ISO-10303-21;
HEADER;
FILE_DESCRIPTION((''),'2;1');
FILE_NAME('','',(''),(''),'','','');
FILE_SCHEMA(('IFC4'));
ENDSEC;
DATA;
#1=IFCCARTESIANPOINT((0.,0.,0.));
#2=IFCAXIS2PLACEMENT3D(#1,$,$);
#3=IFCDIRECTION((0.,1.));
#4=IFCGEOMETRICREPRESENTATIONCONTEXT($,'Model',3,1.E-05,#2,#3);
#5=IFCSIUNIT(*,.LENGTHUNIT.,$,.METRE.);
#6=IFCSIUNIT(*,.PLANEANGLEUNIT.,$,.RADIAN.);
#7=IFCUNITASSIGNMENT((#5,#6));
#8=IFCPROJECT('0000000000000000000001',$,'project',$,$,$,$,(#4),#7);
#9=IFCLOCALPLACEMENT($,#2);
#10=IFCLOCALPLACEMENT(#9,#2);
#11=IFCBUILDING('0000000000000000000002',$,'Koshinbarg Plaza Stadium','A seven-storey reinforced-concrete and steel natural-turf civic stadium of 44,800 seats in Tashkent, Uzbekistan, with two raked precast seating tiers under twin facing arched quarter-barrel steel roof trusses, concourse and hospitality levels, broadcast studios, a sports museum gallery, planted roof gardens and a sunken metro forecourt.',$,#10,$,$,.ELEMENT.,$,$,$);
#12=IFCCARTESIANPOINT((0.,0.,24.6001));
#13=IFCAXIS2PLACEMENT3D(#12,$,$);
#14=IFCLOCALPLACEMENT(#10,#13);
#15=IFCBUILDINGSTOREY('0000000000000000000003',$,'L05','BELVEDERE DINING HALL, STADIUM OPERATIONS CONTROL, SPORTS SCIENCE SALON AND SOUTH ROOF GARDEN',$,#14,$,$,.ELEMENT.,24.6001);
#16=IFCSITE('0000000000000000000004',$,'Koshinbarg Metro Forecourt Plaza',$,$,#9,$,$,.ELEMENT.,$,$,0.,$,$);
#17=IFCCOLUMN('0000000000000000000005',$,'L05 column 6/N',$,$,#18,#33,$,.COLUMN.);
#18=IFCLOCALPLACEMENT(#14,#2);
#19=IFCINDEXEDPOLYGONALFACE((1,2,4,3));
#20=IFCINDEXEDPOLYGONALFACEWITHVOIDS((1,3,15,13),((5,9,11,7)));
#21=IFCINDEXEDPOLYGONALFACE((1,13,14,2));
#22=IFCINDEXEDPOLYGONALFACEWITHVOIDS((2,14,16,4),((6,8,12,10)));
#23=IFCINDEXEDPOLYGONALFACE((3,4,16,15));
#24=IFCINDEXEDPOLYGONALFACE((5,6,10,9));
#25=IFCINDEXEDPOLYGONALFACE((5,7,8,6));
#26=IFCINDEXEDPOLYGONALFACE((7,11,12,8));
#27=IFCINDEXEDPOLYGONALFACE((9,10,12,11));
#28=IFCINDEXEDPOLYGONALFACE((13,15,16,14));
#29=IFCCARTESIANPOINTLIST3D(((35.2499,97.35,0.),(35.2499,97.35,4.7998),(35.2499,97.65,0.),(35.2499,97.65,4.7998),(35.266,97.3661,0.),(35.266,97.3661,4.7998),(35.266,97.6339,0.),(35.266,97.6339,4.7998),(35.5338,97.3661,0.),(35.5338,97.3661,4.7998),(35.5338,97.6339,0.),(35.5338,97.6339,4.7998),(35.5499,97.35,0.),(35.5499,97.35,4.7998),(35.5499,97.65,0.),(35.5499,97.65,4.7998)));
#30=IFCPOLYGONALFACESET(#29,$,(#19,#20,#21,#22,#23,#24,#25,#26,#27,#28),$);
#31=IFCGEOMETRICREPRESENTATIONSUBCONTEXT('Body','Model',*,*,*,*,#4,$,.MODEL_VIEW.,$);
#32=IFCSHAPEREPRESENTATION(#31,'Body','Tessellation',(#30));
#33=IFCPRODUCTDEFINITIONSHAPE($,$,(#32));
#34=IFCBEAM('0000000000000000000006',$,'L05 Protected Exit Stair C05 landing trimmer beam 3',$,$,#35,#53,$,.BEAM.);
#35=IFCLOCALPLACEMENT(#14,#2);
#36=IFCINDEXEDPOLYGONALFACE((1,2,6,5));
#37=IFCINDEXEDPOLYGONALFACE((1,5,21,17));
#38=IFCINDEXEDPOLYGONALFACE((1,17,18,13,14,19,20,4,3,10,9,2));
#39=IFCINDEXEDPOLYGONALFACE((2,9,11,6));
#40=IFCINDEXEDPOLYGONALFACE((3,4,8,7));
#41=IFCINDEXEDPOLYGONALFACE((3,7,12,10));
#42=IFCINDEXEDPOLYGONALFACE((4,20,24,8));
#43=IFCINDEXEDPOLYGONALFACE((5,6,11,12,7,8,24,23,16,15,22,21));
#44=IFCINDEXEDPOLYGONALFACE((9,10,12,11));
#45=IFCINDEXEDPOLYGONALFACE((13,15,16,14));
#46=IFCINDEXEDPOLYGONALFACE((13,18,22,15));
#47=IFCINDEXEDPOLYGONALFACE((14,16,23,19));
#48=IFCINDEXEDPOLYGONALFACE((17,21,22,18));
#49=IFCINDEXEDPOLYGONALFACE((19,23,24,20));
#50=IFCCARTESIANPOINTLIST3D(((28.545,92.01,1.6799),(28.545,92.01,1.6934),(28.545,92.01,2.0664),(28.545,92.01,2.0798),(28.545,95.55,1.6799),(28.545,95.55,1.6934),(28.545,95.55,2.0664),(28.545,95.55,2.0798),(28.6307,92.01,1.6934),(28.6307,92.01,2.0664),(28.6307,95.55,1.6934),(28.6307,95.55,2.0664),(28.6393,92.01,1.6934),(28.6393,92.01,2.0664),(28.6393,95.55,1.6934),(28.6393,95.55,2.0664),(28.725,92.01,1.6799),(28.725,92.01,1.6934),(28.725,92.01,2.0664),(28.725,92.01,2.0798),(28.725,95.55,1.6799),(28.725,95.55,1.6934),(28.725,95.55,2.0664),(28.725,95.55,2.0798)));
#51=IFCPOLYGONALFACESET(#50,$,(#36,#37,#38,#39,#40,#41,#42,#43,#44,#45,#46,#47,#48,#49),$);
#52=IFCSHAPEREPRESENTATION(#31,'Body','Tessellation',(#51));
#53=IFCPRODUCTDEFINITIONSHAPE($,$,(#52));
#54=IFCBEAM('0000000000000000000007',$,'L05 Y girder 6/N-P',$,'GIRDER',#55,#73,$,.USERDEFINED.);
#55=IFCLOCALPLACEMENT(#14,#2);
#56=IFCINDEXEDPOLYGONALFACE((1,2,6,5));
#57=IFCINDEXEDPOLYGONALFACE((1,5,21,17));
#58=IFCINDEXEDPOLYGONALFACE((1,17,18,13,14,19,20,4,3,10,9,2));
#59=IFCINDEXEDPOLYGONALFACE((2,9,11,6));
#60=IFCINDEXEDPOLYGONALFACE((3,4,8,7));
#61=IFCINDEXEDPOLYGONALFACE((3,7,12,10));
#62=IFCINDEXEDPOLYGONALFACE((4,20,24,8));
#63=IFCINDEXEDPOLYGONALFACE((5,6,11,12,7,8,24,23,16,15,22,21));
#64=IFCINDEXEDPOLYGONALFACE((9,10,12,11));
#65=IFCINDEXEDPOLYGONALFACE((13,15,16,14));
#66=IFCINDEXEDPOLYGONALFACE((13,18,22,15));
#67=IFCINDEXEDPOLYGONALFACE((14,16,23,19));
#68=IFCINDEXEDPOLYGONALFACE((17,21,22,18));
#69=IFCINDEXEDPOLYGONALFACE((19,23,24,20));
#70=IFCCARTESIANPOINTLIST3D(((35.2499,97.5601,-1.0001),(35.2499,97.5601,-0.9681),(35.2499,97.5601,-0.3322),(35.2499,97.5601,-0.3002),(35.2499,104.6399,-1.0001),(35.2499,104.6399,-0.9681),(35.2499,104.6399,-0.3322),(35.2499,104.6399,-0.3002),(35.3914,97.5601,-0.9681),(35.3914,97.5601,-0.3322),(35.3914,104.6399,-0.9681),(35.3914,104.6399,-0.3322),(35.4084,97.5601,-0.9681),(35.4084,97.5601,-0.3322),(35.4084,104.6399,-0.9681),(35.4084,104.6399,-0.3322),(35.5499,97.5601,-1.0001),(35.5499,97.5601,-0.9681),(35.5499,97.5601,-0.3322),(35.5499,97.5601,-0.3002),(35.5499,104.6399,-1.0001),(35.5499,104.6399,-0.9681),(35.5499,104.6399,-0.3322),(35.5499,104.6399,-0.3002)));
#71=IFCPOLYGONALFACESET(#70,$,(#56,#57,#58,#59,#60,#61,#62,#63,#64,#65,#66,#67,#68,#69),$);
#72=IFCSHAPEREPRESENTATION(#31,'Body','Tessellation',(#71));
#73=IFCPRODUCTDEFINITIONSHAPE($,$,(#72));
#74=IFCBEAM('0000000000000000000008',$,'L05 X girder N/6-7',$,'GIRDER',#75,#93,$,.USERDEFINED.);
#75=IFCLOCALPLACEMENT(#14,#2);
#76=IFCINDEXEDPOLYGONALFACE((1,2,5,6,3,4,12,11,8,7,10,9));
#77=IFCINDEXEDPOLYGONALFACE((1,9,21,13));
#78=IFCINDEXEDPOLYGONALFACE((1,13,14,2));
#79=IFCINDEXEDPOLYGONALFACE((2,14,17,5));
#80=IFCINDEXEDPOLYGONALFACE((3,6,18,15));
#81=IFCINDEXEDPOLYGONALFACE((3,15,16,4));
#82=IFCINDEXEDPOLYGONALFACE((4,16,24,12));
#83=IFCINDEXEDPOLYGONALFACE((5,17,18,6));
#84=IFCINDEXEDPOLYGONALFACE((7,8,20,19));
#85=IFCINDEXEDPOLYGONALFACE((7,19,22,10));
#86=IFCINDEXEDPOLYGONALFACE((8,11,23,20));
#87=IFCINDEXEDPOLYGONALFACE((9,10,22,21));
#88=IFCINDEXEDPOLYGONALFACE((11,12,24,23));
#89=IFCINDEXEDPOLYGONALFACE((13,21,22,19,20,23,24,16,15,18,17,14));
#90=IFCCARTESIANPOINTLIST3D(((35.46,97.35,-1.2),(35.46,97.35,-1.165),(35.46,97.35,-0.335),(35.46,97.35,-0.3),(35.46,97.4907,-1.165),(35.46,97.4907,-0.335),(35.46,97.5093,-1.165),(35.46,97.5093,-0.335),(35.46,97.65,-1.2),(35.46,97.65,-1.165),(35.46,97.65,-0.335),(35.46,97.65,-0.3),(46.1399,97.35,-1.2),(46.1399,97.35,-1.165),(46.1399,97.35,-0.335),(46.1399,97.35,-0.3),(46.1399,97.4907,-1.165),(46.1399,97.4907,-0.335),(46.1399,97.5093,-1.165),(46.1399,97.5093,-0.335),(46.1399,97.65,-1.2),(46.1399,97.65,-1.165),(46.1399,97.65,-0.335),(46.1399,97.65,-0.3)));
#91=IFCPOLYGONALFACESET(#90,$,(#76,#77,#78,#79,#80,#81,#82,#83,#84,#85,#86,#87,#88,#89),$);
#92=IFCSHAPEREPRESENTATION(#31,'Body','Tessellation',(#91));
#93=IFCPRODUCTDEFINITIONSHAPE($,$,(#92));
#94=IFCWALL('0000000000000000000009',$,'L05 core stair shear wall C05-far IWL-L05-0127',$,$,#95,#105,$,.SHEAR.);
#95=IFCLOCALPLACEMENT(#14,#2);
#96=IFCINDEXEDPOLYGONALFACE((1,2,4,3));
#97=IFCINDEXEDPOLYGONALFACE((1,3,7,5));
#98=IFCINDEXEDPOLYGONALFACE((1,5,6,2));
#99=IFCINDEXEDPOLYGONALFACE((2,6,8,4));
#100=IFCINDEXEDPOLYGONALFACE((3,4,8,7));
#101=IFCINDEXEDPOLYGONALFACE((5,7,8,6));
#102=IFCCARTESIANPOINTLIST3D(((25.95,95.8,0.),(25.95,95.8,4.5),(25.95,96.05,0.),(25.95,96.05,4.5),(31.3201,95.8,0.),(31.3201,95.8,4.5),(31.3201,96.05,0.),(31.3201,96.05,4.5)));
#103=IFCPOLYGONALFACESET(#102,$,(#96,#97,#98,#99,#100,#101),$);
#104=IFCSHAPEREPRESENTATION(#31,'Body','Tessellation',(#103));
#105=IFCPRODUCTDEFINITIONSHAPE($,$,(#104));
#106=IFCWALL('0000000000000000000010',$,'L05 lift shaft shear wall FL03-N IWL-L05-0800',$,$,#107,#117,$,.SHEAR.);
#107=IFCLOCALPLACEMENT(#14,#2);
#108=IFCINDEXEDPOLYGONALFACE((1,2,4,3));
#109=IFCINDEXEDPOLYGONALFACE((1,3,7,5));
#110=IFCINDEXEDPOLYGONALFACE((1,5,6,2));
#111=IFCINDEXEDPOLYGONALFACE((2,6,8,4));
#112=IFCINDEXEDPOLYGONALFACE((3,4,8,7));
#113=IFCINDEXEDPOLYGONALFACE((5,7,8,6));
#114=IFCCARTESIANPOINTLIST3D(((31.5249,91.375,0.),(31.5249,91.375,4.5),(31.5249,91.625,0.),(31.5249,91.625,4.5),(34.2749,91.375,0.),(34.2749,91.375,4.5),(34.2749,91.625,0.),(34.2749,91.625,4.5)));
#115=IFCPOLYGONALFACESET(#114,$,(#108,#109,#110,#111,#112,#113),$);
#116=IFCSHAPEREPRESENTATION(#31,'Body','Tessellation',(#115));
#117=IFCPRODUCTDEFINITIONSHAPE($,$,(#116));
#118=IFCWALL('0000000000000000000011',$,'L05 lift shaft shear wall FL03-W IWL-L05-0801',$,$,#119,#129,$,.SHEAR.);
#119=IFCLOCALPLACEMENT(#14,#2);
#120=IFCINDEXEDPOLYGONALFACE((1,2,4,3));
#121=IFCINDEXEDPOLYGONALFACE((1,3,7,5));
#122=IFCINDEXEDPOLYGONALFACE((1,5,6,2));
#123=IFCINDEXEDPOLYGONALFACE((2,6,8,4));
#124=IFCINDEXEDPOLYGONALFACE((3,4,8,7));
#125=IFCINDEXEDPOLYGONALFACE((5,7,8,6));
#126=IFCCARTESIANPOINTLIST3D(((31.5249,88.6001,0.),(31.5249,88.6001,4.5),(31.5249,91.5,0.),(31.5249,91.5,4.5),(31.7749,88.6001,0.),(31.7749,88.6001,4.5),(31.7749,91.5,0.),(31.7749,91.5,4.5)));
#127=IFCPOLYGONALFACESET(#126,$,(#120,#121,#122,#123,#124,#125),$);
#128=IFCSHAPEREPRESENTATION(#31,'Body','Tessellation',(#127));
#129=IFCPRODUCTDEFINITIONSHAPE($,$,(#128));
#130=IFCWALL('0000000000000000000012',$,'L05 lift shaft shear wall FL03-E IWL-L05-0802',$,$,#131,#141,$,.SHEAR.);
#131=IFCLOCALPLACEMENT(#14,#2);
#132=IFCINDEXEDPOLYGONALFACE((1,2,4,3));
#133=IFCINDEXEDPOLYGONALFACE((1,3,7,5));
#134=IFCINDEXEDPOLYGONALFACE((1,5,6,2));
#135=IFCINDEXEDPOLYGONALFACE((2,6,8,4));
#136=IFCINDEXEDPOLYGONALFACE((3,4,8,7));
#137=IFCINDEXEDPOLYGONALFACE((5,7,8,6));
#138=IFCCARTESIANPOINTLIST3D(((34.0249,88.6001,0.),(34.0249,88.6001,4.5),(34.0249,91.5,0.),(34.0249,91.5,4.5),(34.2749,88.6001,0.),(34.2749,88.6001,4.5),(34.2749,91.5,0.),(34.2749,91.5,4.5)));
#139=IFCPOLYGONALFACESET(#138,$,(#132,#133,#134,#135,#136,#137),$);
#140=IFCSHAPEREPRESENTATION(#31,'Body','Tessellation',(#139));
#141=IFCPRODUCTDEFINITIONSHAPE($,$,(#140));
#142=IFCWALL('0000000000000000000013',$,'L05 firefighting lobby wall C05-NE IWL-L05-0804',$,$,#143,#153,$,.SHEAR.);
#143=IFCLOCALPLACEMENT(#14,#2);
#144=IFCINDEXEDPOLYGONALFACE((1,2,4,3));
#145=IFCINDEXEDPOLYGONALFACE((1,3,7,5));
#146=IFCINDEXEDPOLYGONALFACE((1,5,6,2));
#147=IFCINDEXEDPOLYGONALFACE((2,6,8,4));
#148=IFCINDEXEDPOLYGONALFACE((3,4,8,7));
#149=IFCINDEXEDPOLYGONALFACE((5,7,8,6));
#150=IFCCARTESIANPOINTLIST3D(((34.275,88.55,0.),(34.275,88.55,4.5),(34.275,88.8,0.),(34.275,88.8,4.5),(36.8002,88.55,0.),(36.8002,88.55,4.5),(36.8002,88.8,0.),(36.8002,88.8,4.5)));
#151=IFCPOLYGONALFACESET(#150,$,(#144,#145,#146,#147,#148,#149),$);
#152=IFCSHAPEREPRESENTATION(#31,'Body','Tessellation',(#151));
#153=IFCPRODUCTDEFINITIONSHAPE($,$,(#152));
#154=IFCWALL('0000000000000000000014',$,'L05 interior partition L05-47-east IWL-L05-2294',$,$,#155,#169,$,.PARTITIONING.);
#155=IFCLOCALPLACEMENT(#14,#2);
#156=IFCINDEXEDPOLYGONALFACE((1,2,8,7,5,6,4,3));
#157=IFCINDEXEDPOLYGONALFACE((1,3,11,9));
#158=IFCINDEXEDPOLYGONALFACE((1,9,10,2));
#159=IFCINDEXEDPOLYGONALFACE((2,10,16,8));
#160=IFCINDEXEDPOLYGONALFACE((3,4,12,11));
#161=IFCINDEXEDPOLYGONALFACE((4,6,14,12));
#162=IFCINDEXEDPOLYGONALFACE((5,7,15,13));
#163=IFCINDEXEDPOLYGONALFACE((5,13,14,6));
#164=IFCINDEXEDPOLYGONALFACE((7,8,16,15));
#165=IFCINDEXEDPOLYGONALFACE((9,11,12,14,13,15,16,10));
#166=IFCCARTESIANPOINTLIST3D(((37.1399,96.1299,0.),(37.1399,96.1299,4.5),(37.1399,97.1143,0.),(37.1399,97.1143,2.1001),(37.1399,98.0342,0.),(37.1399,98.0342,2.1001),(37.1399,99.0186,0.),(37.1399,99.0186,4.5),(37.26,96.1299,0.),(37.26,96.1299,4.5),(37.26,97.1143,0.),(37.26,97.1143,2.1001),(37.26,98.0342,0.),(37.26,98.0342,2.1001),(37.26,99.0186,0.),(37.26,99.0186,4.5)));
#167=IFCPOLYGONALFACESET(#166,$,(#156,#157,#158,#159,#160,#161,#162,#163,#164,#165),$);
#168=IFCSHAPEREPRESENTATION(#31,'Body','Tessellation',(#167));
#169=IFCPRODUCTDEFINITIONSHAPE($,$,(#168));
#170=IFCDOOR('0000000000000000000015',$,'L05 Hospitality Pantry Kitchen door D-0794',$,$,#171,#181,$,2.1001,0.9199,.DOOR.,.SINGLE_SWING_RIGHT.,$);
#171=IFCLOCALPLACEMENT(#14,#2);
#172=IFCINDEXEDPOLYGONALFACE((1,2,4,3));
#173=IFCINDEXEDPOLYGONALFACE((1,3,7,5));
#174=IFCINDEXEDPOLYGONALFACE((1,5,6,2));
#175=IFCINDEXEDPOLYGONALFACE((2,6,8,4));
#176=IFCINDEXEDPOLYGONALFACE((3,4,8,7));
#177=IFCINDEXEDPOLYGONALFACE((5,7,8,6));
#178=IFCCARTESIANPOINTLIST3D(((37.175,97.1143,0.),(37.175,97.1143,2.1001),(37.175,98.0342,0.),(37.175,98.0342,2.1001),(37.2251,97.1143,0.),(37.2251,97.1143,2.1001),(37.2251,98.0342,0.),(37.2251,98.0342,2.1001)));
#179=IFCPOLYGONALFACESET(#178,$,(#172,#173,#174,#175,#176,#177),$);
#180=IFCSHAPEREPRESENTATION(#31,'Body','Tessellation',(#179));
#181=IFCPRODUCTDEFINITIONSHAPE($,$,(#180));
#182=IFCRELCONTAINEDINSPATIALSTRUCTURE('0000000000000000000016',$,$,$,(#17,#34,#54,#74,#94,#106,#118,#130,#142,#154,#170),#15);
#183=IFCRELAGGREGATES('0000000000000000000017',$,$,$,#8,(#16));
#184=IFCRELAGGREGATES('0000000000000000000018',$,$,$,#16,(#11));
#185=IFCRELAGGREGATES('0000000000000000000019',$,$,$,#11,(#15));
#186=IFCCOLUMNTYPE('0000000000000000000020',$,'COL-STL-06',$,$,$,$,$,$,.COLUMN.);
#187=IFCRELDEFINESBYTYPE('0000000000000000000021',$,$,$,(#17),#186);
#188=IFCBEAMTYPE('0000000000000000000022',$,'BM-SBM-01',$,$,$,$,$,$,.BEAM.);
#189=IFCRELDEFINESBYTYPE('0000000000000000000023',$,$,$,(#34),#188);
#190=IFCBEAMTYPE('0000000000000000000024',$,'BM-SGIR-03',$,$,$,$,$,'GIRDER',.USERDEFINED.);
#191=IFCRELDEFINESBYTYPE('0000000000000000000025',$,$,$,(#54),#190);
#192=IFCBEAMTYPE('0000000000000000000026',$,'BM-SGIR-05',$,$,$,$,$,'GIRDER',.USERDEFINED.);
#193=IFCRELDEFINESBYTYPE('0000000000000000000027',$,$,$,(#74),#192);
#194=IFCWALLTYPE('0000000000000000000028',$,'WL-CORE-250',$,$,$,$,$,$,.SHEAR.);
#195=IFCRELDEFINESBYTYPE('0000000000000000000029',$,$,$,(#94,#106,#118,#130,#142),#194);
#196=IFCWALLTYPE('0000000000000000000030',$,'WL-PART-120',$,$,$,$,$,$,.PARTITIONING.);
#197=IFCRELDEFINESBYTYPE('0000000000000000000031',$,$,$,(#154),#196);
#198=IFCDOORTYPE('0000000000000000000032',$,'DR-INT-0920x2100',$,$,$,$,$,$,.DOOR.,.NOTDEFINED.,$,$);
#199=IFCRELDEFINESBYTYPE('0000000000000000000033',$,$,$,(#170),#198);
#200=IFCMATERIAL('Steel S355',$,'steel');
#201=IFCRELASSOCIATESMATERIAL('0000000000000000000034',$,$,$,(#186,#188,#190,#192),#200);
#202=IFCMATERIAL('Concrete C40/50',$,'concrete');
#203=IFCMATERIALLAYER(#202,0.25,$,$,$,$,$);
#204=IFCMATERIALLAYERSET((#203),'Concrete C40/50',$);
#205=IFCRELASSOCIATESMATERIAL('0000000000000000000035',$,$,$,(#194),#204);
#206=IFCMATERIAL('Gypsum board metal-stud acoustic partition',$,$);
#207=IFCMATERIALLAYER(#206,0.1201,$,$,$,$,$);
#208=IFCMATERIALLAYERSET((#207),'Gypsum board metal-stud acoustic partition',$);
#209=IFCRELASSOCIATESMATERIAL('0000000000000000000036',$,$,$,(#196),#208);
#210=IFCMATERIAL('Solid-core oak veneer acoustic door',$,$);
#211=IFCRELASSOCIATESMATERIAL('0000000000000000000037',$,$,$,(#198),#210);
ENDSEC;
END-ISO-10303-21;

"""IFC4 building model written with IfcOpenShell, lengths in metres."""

from ifc_helpers import new_model, si_unit, direction, frame, frame_2d, origin, origin_2d, place, context, subcontext, project, spatial, rectangle, hollow_rectangle, i_section, extrude, material, layer, layer_set, material_profile, profile_set, type_object, element, fill, save


model = new_model("IFC4")

# Units and contexts
model_context = context("Model", 3, precision=1e-05, world=origin(), true_north=direction((0.0, 1.0)))
body_context = subcontext(model_context, "Body", "Model", "MODEL_VIEW")
ifc_project = project(units=[si_unit("LENGTHUNIT", "METRE"), si_unit("PLANEANGLEUNIT", "RADIAN")], contexts=[model_context])

# Site, building, storey
site_placement = place(None, origin())
site = spatial("IfcSite", under=ifc_project, at=site_placement, Name="Koshinbarg Metro Forecourt Plaza", CompositionType="ELEMENT", RefElevation=0.0)
building_placement = place(site_placement, origin())
building = spatial("IfcBuilding", under=site, at=building_placement, Name="Koshinbarg Plaza Stadium", Description="A seven-storey reinforced-concrete and steel natural-turf civic stadium of 44,800 seats in Tashkent, Uzbekistan, with two raked precast seating tiers under twin facing arched quarter-barrel steel roof trusses, concourse and hospitality levels, broadcast studios, a sports museum gallery, planted roof gardens and a sunken metro forecourt.", CompositionType="ELEMENT")
storey_placement = place(building_placement, frame((0.0, 0.0, 24.6001)))
storey = spatial("IfcBuildingStorey", under=building, at=storey_placement, Name="L05", Description="BELVEDERE DINING HALL, STADIUM OPERATIONS CONTROL, SPORTS SCIENCE SALON AND SOUTH ROOF GARDEN", CompositionType="ELEMENT", Elevation=24.6001)

# Column
ifc_material_1 = material(Name="Steel S355", Category="steel")
ifc_material_profile_1 = material_profile(ifc_material_1, hollow_rectangle(XDim=0.3, YDim=0.3, WallThickness=0.0161, at=origin_2d()), Name="SHS 300x300x16")
ifc_profile_set_1 = profile_set([ifc_material_profile_1], Name="Steel S355")
column_type = type_object("IfcColumnType", Name="COL-STL-06", PredefinedType="COLUMN", material=ifc_profile_set_1)
column_placement = place(storey_placement, frame((35.3999, 97.5, 0.0), z_axis=(0.0, 0.0, 1.0), x_axis=(1.0, 0.0, 0.0)))
element("IfcColumn", 1, at=column_placement, inside=storey, type_object=column_type, Name="L05 column 6/N", PredefinedType="COLUMN", context=body_context, shape_type="SweptSolid", body=[
    extrude(hollow_rectangle(XDim=0.3, YDim=0.3, WallThickness=0.0161, at=origin_2d()), origin(), (0.0, 0.0, 1.0), 4.7998),
])

# Beams
ifc_material_profile_2 = material_profile(ifc_material_1, i_section(OverallWidth=0.1799, OverallDepth=0.3999, WebThickness=0.0085, FlangeThickness=0.0134, at=origin_2d()), Name="IPE 400")
ifc_profile_set_2 = profile_set([ifc_material_profile_2], Name="Steel S355")
beam_type_1 = type_object("IfcBeamType", Name="BM-SBM-01", PredefinedType="BEAM", material=ifc_profile_set_2)
beam_1_placement = place(storey_placement, frame((28.635, 92.01, 1.8799), z_axis=(0.0, 1.0, 0.0), x_axis=(-1.0, 0.0, 0.0)))
element("IfcBeam", 2, at=beam_1_placement, inside=storey, type_object=beam_type_1, Name="L05 Protected Exit Stair C05 landing trimmer beam 3", PredefinedType="BEAM", context=body_context, shape_type="SweptSolid", body=[
    extrude(i_section(OverallWidth=0.1799, OverallDepth=0.3999, WebThickness=0.0085, FlangeThickness=0.0134, at=origin_2d()), origin(), (0.0, 0.0, 1.0), 3.54),
])
ifc_material_profile_3 = material_profile(ifc_material_1, i_section(OverallWidth=0.3, OverallDepth=0.7, WebThickness=0.0171, FlangeThickness=0.032, at=origin_2d()), Name="HEB 700")
ifc_profile_set_3 = profile_set([ifc_material_profile_3], Name="Steel S355")
beam_type_2 = type_object("IfcBeamType", Name="BM-SGIR-03", ElementType="GIRDER", PredefinedType="USERDEFINED", material=ifc_profile_set_3)
beam_2_placement = place(storey_placement, frame((35.3999, 97.5601, -0.6501), z_axis=(0.0, 1.0, 0.0), x_axis=(-1.0, 0.0, 0.0)))
element("IfcBeam", 3, at=beam_2_placement, inside=storey, type_object=beam_type_2, Name="L05 Y girder 6/N-P", ObjectType="GIRDER", PredefinedType="USERDEFINED", context=body_context, shape_type="SweptSolid", body=[
    extrude(i_section(OverallWidth=0.3, OverallDepth=0.7, WebThickness=0.0171, FlangeThickness=0.032, at=origin_2d()), origin(), (0.0, 0.0, 1.0), 7.0798),
])
ifc_material_profile_4 = material_profile(ifc_material_1, i_section(OverallWidth=0.3, OverallDepth=0.8999, WebThickness=0.0186, FlangeThickness=0.0349, at=origin_2d()), Name="HEB 900")
ifc_profile_set_4 = profile_set([ifc_material_profile_4], Name="Steel S355")
beam_type_3 = type_object("IfcBeamType", Name="BM-SGIR-05", ElementType="GIRDER", PredefinedType="USERDEFINED", material=ifc_profile_set_4)
beam_3_placement = place(storey_placement, frame((35.46, 97.5, -0.75), z_axis=(1.0, 0.0, 0.0), x_axis=(0.0, 1.0, 0.0)))
element("IfcBeam", 4, at=beam_3_placement, inside=storey, type_object=beam_type_3, Name="L05 X girder N/6-7", ObjectType="GIRDER", PredefinedType="USERDEFINED", context=body_context, shape_type="SweptSolid", body=[
    extrude(i_section(OverallWidth=0.3, OverallDepth=0.8999, WebThickness=0.0186, FlangeThickness=0.0349, at=origin_2d()), origin(), (0.0, 0.0, 1.0), 10.6799),
])

# Wall
ifc_material_2 = material(Name="Concrete C40/50", Category="concrete")
ifc_layer_1 = layer(ifc_material_2, 0.25)
ifc_layer_set_1 = layer_set([ifc_layer_1], Name="Concrete C40/50")
wall_type_1 = type_object("IfcWallType", Name="WL-CORE-250", PredefinedType="SHEAR", material=ifc_layer_set_1)
wall_1_placement = place(storey_placement, frame((31.3201, 95.925, 0.0), z_axis=(0.0, 0.0, 1.0), x_axis=(-1.0, 0.0, 0.0)))
element("IfcWall", 5, at=wall_1_placement, inside=storey, type_object=wall_type_1, Name="L05 core stair shear wall C05-far IWL-L05-0127", PredefinedType="SHEAR", context=body_context, shape_type="SweptSolid", body=[
    extrude(rectangle(XDim=5.3701, YDim=0.25, at=frame_2d((2.6851, 0.0))), origin(), (0.0, 0.0, 1.0), 4.5),
])

# Walls
wall_2_placement = place(storey_placement, frame((34.2749, 91.5, 0.0), z_axis=(0.0, 0.0, 1.0), x_axis=(-1.0, 0.0, 0.0)))
element("IfcWall", 6, at=wall_2_placement, inside=storey, type_object=wall_type_1, Name="L05 lift shaft shear wall FL03-N IWL-L05-0800", PredefinedType="SHEAR", context=body_context, shape_type="SweptSolid", body=[
    extrude(rectangle(XDim=2.75, YDim=0.25, at=frame_2d((1.375, 0.0))), origin(), (0.0, 0.0, 1.0), 4.5),
])
for number, where, z_axis, x_axis, name in (
    (7, (31.6499, 91.5, 0.0), (0.0, 0.0, 1.0), (0.0, -1.0, 0.0), "L05 lift shaft shear wall FL03-W IWL-L05-0801"),
    (8, (34.1499, 88.6001, 0.0), (0.0, 0.0, 1.0), (0.0, 1.0, 0.0), "L05 lift shaft shear wall FL03-E IWL-L05-0802"),
):
    element("IfcWall", number, at=place(storey_placement, frame(where, z_axis=z_axis, x_axis=x_axis)), inside=storey, type_object=wall_type_1, Name=name, PredefinedType="SHEAR", context=body_context, shape_type="SweptSolid", body=[
        extrude(rectangle(XDim=2.8999, YDim=0.25, at=frame_2d((1.45, 0.0))), origin(), (0.0, 0.0, 1.0), 4.5),
    ])
wall_3_placement = place(storey_placement, frame((34.2749, 88.675, 0.0), z_axis=(0.0, 0.0, 1.0), x_axis=(1.0, 0.0, 0.0)))
element("IfcWall", 9, at=wall_3_placement, inside=storey, type_object=wall_type_1, Name="L05 firefighting lobby wall C05-NE IWL-L05-0804", PredefinedType="SHEAR", context=body_context, shape_type="SweptSolid", body=[
    extrude(rectangle(XDim=2.5251, YDim=0.25, at=frame_2d((1.2627, 0.0))), origin(), (0.0, 0.0, 1.0), 4.5),
])

# Wall, opening, door
ifc_material_3 = material(Name="Gypsum board metal-stud acoustic partition")
ifc_layer_2 = layer(ifc_material_3, 0.1201)
ifc_layer_set_2 = layer_set([ifc_layer_2], Name="Gypsum board metal-stud acoustic partition")
wall_type_2 = type_object("IfcWallType", Name="WL-PART-120", PredefinedType="PARTITIONING", material=ifc_layer_set_2)
wall_4_placement = place(storey_placement, frame((37.2, 96.1299, 0.0), z_axis=(0.0, 0.0, 1.0), x_axis=(0.0, 1.0, 0.0)))
wall_4 = element("IfcWall", 10, at=wall_4_placement, inside=storey, type_object=wall_type_2, Name="L05 interior partition L05-47-east IWL-L05-2294", PredefinedType="PARTITIONING", context=body_context, shape_type="SweptSolid", body=[
    extrude(rectangle(XDim=2.8887, YDim=0.1201, at=frame_2d((1.4443, 0.0))), origin(), (0.0, 0.0, 1.0), 4.5),
])
opening_1_placement = place(wall_4_placement, frame((0.9844, 0.0, 0.0)))
opening_1 = element("IfcOpeningElement", 11, at=opening_1_placement, cuts=wall_4, PredefinedType="OPENING", context=body_context, shape_type="SweptSolid", body=[
    extrude(rectangle(XDim=0.9199, YDim=2.1001, at=frame_2d((0.46, 1.05))), frame((0.0, 0.0701, 0.0), z_axis=(0.0, -1.0, 0.0), x_axis=(1.0, 0.0, 0.0)), (0.0, 0.0, 1.0), 0.1401),
])
ifc_material_4 = material(Name="Solid-core oak veneer acoustic door")
door_type_1 = type_object("IfcDoorType", Name="DR-INT-0920x2100", OperationType="NOTDEFINED", PredefinedType="DOOR", material=ifc_material_4)
door_1_placement = place(opening_1_placement, origin())
door_1 = element("IfcDoor", 12, at=door_1_placement, inside=storey, type_object=door_type_1, Name="L05 Hospitality Pantry Kitchen door D-0794", OperationType="SINGLE_SWING_RIGHT", OverallHeight=2.1001, OverallWidth=0.9199, PredefinedType="DOOR", context=body_context, shape_type="SweptSolid", body=[
    extrude(rectangle(XDim=0.9199, YDim=2.1001, at=frame_2d((0.46, 1.05))), frame((0.0, 0.0249, 0.0), z_axis=(0.0, -1.0, 0.0), x_axis=(1.0, 0.0, 0.0)), (0.0, 0.0, 1.0), 0.05),
])
fill(opening_1, door_1)

save(model, "model.ifc")
